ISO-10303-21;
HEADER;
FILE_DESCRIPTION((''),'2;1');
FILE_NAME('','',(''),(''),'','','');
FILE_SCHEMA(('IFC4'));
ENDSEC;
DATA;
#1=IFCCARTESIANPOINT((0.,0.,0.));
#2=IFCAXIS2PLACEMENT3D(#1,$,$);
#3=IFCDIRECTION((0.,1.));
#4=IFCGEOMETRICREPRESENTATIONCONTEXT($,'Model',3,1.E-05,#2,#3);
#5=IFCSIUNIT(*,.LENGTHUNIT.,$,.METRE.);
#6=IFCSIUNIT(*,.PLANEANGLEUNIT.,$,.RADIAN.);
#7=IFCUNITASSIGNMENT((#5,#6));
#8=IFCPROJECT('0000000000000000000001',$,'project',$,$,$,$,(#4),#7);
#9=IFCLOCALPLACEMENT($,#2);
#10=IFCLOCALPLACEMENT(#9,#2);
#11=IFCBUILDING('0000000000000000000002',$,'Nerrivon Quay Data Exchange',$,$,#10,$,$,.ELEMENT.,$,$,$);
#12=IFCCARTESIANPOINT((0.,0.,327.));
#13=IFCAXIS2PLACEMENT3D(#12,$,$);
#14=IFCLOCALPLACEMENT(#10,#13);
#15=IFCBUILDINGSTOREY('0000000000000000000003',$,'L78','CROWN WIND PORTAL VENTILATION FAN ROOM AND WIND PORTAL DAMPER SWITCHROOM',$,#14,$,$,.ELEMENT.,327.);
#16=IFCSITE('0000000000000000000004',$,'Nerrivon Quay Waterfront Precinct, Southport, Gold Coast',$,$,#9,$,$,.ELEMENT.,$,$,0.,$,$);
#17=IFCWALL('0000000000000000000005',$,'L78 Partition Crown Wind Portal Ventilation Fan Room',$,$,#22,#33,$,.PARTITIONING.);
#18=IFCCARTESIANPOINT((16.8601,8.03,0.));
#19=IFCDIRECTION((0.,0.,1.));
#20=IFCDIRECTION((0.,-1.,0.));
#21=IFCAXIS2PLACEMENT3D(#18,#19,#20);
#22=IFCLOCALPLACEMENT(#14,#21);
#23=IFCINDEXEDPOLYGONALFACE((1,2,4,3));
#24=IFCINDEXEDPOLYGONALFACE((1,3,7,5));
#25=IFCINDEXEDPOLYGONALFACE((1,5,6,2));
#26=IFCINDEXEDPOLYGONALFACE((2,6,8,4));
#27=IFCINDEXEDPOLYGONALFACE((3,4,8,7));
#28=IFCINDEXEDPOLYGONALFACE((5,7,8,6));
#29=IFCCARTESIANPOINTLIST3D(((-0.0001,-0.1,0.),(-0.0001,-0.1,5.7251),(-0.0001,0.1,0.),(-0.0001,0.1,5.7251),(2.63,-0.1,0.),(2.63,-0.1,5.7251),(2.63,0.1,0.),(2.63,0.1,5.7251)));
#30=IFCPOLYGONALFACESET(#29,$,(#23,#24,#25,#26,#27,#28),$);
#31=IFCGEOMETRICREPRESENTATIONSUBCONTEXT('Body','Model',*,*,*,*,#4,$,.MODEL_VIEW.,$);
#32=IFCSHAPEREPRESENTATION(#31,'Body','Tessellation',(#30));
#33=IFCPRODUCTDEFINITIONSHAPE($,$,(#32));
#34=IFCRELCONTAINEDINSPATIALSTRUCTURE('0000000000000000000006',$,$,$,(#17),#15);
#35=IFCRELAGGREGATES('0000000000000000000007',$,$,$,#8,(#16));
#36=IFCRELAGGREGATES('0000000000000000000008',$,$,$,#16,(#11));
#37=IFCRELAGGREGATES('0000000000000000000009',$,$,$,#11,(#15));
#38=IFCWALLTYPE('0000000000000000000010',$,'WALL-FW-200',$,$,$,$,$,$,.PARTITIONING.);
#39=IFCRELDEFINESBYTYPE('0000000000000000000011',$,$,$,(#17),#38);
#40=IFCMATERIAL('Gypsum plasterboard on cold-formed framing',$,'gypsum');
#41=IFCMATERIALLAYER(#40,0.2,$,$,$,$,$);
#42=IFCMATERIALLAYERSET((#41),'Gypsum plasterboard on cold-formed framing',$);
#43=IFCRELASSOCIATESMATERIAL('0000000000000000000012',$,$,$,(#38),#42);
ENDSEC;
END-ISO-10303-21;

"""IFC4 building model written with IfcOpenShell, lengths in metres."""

from ifc_helpers import new_model, si_unit, direction, frame, frame_2d, origin, place, context, subcontext, project, spatial, rectangle, extrude, material, layer, layer_set, type_object, element, save


model = new_model("IFC4")

# Units and contexts
model_context = context("Model", 3, precision=1e-05, world=origin(), true_north=direction((0.0, 1.0)))
body_context = subcontext(model_context, "Body", "Model", "MODEL_VIEW")
ifc_project = project(units=[si_unit("LENGTHUNIT", "METRE"), si_unit("PLANEANGLEUNIT", "RADIAN")], contexts=[model_context])

# Site, building, storey
site_placement = place(None, origin())
site = spatial("IfcSite", under=ifc_project, at=site_placement, Name="Nerrivon Quay Waterfront Precinct, Southport, Gold Coast", CompositionType="ELEMENT", RefElevation=0.0)
building_placement = place(site_placement, origin())
building = spatial("IfcBuilding", under=site, at=building_placement, Name="Nerrivon Quay Data Exchange", CompositionType="ELEMENT")
storey_placement = place(building_placement, frame((0.0, 0.0, 327.0)))
storey = spatial("IfcBuildingStorey", under=building, at=storey_placement, Name="L78", Description="CROWN WIND PORTAL VENTILATION FAN ROOM AND WIND PORTAL DAMPER SWITCHROOM", CompositionType="ELEMENT", Elevation=327.0)

# Wall
ifc_material_1 = material(Name="Gypsum plasterboard on cold-formed framing", Category="gypsum")
ifc_layer_1 = layer(ifc_material_1, 0.2)
ifc_layer_set_1 = layer_set([ifc_layer_1], Name="Gypsum plasterboard on cold-formed framing")
wall_type_1 = type_object("IfcWallType", Name="WALL-FW-200", PredefinedType="PARTITIONING", material=ifc_layer_set_1)
wall_1_placement = place(storey_placement, frame((16.8601, 8.03, 0.0), z_axis=(0.0, 0.0, 1.0), x_axis=(0.0, -1.0, 0.0)))
element("IfcWall", 1, at=wall_1_placement, inside=storey, type_object=wall_type_1, Name="L78 Partition Crown Wind Portal Ventilation Fan Room", PredefinedType="PARTITIONING", context=body_context, shape_type="SweptSolid", body=[
    extrude(rectangle(XDim=2.6301, YDim=0.2, at=frame_2d((1.3149, 0.0))), origin(), (0.0, 0.0, 1.0), 5.7251),
])

save(model, "model.ifc")
